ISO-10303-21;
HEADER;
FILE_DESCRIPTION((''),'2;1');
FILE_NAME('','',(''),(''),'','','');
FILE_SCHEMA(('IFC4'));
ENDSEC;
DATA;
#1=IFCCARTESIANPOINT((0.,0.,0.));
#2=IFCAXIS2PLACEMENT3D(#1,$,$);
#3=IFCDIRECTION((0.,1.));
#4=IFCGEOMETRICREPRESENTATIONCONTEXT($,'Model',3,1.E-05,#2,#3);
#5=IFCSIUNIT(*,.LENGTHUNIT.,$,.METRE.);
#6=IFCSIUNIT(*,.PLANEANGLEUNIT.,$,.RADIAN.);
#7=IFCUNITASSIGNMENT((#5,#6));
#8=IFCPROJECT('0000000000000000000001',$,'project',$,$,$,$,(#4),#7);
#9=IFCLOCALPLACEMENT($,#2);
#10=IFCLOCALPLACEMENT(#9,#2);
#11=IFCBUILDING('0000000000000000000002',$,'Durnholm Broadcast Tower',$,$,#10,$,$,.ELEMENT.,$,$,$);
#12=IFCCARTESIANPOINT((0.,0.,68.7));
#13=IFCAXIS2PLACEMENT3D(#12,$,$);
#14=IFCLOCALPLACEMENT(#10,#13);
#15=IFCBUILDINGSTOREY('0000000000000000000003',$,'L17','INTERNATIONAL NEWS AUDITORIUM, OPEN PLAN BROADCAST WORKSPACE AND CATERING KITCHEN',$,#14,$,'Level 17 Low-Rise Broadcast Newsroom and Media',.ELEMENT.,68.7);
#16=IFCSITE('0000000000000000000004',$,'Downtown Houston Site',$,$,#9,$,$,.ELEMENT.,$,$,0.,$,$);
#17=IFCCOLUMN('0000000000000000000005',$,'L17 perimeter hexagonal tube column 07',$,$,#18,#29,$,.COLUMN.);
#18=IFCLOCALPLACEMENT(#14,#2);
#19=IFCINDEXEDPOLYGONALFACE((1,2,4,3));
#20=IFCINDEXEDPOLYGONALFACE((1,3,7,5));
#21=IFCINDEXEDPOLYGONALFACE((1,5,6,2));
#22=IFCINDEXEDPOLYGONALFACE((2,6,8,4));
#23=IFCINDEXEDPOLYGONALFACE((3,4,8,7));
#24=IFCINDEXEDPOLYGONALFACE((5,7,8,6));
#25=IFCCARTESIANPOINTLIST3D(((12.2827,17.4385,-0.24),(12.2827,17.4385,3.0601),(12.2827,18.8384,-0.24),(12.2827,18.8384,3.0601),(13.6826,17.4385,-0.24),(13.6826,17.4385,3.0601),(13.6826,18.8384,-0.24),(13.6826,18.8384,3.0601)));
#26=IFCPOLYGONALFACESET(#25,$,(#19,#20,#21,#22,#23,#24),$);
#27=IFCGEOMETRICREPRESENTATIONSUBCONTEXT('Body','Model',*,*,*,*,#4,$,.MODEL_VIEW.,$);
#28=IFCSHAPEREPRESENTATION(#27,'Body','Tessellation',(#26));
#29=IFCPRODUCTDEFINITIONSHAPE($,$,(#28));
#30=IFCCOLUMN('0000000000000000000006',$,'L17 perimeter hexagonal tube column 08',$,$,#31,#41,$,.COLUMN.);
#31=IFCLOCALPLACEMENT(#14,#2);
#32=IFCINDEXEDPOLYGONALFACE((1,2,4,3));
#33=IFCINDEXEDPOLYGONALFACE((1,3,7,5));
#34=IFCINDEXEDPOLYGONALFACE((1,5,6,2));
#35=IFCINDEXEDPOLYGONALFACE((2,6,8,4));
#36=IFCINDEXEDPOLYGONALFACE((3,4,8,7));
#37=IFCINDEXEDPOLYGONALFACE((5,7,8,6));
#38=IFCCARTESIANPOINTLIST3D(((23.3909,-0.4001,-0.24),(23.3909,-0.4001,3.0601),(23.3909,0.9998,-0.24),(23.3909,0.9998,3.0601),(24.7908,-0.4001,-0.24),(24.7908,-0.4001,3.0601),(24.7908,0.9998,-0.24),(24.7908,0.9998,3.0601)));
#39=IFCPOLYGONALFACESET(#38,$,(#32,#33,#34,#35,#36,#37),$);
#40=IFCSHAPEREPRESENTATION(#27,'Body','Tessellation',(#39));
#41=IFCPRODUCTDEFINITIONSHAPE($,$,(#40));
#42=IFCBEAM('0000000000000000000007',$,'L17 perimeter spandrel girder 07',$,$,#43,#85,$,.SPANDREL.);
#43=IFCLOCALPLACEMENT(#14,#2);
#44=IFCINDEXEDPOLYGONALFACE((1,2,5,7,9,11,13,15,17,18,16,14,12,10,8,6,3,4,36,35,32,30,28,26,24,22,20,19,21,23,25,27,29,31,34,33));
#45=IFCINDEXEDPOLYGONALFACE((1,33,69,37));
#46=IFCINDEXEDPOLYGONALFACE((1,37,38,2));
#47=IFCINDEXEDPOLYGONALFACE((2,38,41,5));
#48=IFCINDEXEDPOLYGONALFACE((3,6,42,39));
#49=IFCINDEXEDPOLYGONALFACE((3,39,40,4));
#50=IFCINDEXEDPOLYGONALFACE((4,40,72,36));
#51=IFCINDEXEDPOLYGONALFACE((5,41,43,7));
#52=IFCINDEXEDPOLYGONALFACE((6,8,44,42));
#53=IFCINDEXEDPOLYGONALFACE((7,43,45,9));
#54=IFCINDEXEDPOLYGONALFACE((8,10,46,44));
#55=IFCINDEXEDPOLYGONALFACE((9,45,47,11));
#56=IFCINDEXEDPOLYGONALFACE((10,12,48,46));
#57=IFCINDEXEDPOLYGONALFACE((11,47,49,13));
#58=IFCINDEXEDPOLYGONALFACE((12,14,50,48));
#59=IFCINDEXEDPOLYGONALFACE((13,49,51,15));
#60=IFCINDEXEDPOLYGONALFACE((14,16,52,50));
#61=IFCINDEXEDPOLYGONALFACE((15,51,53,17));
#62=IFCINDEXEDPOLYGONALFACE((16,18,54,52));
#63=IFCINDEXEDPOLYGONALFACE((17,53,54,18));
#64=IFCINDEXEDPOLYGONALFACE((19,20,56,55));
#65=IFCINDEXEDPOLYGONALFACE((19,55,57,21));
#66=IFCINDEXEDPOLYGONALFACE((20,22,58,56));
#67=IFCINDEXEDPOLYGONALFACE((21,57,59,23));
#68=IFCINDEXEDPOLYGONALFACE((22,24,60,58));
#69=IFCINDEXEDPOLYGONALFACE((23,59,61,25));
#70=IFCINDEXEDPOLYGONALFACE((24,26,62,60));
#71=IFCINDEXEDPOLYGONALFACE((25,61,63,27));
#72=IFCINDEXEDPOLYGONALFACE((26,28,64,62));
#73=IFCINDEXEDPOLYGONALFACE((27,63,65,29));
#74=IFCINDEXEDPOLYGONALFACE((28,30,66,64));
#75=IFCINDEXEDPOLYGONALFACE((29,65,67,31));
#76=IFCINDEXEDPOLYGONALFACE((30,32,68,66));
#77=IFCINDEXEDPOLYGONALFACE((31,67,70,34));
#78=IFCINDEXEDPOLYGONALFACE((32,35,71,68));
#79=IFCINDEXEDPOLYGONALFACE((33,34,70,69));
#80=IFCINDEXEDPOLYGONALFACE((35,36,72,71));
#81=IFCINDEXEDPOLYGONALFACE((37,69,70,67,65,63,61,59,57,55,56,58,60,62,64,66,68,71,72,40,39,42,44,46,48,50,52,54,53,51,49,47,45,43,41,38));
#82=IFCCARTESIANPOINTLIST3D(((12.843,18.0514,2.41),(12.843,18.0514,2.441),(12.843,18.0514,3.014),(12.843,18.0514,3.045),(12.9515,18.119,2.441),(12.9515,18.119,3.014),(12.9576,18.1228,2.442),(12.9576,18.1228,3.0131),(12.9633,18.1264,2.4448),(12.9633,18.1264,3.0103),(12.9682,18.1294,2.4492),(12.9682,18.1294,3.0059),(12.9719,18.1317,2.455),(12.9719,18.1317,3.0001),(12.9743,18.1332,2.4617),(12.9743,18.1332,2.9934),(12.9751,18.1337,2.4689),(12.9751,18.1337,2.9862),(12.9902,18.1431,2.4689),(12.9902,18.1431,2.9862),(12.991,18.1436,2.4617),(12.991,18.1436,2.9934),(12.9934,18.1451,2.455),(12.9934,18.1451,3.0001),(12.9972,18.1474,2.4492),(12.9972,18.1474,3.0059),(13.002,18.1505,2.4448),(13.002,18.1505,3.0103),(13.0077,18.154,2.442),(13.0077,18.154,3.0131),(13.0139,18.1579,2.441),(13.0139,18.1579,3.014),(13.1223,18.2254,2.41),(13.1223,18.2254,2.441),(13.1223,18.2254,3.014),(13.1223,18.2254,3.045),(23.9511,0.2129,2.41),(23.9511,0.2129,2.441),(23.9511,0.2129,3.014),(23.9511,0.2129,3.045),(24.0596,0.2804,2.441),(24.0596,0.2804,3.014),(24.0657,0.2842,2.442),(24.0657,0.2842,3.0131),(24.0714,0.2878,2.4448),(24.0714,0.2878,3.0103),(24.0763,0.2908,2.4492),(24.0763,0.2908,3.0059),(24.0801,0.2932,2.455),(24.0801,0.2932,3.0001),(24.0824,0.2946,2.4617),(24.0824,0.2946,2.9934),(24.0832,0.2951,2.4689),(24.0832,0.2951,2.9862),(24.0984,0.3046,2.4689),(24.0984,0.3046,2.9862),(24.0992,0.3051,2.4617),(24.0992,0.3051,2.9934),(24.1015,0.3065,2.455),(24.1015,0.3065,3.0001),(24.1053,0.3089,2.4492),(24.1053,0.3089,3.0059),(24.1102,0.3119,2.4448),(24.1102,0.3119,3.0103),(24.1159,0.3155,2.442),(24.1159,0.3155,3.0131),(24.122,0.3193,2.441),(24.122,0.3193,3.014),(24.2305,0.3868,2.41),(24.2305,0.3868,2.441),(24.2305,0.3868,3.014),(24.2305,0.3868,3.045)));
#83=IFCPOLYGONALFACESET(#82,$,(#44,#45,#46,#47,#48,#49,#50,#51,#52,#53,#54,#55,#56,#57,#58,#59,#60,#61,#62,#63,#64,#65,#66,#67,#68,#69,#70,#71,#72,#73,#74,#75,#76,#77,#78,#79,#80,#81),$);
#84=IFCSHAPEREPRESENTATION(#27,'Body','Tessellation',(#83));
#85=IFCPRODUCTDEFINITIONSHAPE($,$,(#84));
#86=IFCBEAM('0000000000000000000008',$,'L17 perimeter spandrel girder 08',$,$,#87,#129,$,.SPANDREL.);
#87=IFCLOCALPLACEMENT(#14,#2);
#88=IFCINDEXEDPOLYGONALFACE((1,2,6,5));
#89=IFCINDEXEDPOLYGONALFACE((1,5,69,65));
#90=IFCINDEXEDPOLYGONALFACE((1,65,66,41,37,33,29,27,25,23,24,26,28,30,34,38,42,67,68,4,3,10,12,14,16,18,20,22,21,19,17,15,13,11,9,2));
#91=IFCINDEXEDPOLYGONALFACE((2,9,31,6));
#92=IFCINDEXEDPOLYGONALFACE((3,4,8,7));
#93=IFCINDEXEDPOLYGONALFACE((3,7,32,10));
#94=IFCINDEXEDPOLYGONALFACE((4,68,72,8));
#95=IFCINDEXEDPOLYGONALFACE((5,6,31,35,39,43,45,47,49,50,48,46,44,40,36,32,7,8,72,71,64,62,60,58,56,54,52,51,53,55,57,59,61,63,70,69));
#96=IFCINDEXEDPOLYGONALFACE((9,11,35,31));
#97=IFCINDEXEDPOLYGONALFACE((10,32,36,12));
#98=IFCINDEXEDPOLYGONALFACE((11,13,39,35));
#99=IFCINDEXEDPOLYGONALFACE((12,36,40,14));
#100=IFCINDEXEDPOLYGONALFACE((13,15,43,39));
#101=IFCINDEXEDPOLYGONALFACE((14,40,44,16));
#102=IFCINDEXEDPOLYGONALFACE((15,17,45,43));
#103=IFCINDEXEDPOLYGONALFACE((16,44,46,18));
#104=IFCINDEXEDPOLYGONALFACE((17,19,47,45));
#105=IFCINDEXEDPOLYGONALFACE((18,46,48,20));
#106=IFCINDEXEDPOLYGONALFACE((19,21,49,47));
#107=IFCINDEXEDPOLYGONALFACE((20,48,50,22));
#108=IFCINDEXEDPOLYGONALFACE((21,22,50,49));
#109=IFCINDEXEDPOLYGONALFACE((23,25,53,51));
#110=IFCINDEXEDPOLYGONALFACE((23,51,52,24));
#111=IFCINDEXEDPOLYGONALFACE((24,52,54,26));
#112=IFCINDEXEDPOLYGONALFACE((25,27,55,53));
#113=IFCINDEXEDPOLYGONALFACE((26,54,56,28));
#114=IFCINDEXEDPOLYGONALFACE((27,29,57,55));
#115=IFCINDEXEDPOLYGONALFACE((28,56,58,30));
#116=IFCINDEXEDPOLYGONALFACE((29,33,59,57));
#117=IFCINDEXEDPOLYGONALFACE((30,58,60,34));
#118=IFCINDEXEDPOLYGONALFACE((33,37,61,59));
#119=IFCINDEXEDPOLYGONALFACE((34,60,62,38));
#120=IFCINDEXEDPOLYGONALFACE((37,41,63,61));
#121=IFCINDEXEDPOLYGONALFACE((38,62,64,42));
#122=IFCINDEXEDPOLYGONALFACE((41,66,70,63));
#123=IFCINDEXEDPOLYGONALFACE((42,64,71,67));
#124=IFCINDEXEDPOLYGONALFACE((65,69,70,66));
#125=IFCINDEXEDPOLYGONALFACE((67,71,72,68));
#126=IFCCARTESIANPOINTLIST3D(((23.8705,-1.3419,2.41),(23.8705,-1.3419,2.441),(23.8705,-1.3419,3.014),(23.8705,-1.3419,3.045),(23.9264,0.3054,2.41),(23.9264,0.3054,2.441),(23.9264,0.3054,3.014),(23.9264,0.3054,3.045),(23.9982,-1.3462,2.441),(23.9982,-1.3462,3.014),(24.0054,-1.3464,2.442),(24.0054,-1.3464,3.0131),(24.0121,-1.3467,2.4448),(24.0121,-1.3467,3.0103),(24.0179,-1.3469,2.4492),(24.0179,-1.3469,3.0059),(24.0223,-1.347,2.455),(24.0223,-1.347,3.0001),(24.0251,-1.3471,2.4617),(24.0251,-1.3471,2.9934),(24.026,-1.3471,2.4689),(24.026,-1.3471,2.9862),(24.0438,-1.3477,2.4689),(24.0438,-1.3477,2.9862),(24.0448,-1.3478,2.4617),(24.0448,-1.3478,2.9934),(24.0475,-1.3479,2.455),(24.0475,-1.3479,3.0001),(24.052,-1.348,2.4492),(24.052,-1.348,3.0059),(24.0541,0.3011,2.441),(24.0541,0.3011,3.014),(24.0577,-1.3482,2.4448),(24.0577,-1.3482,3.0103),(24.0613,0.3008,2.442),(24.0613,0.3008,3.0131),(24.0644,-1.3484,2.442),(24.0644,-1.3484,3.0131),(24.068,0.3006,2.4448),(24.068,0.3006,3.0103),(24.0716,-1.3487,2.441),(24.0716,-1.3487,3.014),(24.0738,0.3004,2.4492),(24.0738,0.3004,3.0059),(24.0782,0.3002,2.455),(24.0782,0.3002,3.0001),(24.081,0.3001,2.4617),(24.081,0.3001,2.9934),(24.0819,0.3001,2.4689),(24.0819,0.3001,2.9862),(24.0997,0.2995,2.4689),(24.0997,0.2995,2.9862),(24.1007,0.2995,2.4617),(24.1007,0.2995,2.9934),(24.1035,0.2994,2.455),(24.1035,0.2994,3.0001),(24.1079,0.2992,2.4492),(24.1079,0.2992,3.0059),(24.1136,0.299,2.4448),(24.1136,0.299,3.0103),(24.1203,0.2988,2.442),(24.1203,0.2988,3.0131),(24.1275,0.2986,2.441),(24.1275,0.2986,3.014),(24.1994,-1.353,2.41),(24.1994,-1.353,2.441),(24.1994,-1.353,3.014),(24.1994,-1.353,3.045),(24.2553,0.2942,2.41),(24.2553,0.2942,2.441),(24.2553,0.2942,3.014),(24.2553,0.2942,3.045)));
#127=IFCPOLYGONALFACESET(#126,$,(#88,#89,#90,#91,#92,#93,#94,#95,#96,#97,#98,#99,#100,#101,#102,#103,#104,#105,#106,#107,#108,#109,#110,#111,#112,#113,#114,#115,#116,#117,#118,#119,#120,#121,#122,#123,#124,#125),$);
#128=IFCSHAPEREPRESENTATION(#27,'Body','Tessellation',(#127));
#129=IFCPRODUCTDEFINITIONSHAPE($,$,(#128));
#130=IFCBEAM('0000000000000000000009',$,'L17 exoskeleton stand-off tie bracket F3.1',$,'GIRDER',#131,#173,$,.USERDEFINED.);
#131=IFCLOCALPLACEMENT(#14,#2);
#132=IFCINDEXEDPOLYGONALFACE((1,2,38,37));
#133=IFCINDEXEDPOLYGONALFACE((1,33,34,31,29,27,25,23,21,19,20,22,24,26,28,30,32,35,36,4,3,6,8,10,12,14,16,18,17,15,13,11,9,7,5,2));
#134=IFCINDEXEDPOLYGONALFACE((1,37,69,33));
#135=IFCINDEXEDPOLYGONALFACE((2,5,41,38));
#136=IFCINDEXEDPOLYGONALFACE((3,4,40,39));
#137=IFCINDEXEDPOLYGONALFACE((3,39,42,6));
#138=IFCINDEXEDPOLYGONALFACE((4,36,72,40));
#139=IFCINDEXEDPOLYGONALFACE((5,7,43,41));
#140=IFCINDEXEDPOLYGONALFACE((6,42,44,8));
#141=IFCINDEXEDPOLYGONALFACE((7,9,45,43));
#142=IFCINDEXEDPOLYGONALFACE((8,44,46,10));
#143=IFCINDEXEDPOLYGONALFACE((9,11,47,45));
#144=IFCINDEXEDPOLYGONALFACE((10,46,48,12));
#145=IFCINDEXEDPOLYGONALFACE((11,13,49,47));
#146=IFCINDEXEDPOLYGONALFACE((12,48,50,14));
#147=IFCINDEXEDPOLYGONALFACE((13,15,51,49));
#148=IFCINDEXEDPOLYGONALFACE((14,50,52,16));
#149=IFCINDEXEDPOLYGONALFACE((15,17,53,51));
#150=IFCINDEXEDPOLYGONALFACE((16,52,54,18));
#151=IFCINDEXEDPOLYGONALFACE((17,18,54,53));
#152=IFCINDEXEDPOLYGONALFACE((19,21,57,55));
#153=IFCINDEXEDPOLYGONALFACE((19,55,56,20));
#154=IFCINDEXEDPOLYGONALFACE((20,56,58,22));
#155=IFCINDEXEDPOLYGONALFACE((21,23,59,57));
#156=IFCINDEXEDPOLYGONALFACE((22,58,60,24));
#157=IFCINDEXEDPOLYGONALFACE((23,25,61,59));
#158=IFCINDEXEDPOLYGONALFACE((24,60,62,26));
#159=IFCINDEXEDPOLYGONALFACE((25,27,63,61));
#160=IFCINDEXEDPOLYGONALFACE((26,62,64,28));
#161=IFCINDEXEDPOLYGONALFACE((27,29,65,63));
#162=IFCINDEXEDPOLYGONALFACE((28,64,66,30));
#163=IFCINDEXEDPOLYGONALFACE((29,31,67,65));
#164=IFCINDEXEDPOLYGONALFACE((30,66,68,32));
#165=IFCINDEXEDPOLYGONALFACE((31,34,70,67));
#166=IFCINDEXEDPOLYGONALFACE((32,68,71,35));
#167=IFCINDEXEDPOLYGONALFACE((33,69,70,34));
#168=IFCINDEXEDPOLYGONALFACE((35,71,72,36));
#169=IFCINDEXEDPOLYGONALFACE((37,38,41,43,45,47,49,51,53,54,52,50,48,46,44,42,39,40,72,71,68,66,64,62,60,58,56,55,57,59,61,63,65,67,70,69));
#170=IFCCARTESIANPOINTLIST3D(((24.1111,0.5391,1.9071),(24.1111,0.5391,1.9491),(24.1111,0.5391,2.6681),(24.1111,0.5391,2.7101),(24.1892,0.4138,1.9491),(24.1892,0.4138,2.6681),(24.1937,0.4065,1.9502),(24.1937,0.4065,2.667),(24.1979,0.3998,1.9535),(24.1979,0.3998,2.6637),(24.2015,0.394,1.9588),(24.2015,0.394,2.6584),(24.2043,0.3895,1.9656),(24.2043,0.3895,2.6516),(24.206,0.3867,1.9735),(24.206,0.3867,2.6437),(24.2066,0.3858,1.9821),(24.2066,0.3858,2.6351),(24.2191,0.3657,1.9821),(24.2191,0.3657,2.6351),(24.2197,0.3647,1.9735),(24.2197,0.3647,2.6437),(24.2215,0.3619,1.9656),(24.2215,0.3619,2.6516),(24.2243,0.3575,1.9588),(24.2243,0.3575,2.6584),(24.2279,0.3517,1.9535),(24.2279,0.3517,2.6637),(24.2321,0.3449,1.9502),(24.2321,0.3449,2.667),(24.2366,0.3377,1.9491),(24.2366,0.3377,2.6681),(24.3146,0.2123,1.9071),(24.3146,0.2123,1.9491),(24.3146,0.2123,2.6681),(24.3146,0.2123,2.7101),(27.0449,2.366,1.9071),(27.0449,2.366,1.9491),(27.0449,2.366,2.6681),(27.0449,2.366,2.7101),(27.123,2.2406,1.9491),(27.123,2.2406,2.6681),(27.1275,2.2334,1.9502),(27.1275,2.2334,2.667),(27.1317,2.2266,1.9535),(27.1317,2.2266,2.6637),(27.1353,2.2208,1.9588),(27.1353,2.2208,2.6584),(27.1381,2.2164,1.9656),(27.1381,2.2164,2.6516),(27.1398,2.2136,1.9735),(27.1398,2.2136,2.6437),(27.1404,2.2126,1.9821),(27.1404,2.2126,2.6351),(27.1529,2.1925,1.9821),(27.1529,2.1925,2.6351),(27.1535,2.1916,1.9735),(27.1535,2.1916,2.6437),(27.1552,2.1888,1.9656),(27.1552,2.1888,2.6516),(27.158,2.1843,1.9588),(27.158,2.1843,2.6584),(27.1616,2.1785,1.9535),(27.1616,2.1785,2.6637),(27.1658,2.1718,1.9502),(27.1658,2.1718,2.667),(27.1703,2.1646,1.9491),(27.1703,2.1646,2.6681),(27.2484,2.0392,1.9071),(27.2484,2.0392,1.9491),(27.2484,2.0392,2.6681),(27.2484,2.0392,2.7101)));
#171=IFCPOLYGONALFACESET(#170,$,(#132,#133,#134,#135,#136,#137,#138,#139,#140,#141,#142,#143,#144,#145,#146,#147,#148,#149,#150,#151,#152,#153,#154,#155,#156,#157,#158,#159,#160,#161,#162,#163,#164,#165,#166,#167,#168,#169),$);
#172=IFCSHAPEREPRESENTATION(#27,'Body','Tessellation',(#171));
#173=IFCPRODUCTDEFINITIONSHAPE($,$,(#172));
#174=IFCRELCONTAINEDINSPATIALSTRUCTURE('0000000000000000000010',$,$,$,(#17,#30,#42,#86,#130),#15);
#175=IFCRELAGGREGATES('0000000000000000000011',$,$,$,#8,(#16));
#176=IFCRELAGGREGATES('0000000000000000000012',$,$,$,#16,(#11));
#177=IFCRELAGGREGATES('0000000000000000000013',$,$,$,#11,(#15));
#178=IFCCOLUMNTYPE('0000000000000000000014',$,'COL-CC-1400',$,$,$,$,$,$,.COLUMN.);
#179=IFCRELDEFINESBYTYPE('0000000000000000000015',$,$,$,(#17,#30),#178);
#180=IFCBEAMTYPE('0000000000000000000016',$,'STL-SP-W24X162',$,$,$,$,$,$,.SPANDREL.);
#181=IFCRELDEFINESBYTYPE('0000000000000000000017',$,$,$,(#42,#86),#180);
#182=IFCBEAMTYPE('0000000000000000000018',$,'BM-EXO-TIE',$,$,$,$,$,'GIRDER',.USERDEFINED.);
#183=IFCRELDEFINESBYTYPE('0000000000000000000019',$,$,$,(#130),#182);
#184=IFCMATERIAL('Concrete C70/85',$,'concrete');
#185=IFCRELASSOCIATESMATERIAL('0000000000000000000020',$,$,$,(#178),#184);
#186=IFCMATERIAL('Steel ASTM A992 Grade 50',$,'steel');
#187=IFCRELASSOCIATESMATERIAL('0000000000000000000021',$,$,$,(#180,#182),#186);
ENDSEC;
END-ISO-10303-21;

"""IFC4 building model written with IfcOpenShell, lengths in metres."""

from ifc_helpers import new_model, si_unit, direction, frame, origin, origin_2d, place, context, subcontext, project, spatial, rectangle, i_section, extrude, source, transform, mapped, material, material_profile, profile_set, type_object, type_shapes, element, save


model = new_model("IFC4")

# Units and contexts
model_context = context("Model", 3, precision=1e-05, world=origin(), true_north=direction((0.0, 1.0)))
body_context = subcontext(model_context, "Body", "Model", "MODEL_VIEW")
ifc_project = project(units=[si_unit("LENGTHUNIT", "METRE"), si_unit("PLANEANGLEUNIT", "RADIAN")], contexts=[model_context])

# Site, building, storey
site_placement = place(None, origin())
site = spatial("IfcSite", under=ifc_project, at=site_placement, Name="Downtown Houston Site", CompositionType="ELEMENT", RefElevation=0.0)
building_placement = place(site_placement, origin())
building = spatial("IfcBuilding", under=site, at=building_placement, Name="Durnholm Broadcast Tower", CompositionType="ELEMENT")
storey_placement = place(building_placement, frame((0.0, 0.0, 68.7)))
storey = spatial("IfcBuildingStorey", under=building, at=storey_placement, Name="L17", Description="INTERNATIONAL NEWS AUDITORIUM, OPEN PLAN BROADCAST WORKSPACE AND CATERING KITCHEN", LongName="Level 17 Low-Rise Broadcast Newsroom and Media", CompositionType="ELEMENT", Elevation=68.7)

# Columns
ifc_material_1 = material(Name="Concrete C70/85", Category="concrete")
ifc_material_profile_1 = material_profile(ifc_material_1, rectangle(XDim=1.3999, YDim=1.3999, at=origin_2d()), Name="RC1400X1400")
ifc_profile_set_1 = profile_set([ifc_material_profile_1], Name="Concrete C70/85")
column_type = type_object("IfcColumnType", Name="COL-CC-1400", PredefinedType="COLUMN", material=ifc_profile_set_1)
shared_shape_1 = source(origin(), body_context, "Body", "SweptSolid", [
    extrude(rectangle(XDim=1.3999, YDim=1.3999, at=origin_2d()), origin(), (0.0, 0.0, 1.0), 3.3),
])
type_shapes(column_type, [shared_shape_1])
for number, where, z_axis, x_axis, name in (
    (1, (12.9827, 18.1384, -0.24), (0.0, 0.0, 1.0), (1.0, 0.0, 0.0), "L17 perimeter hexagonal tube column 07"),
    (2, (24.0908, 0.2998, -0.24), (0.0, 0.0, 1.0), (1.0, 0.0, 0.0), "L17 perimeter hexagonal tube column 08"),
):
    element("IfcColumn", number, at=place(storey_placement, frame(where, z_axis=z_axis, x_axis=x_axis)), inside=storey, type_object=column_type, Name=name, PredefinedType="COLUMN", context=body_context, shape_type="MappedRepresentation", body=[
        mapped(shared_shape_1, transform((0.0, 0.0, 0.0), x_axis=(1.0, 0.0, 0.0), y_axis=(0.0, 1.0, 0.0), z_axis=(0.0, 0.0, 1.0), scale=1.0)),
    ])

# Beams
ifc_material_2 = material(Name="Steel ASTM A992 Grade 50", Category="steel")
ifc_material_profile_2 = material_profile(ifc_material_2, i_section(OverallWidth=0.3291, OverallDepth=0.635, WebThickness=0.0178, FlangeThickness=0.031, FilletRadius=0.0278, at=origin_2d()), Name="W24X162")
ifc_profile_set_2 = profile_set([ifc_material_profile_2], Name="Steel ASTM A992 Grade 50")
beam_type_1 = type_object("IfcBeamType", Name="STL-SP-W24X162", PredefinedType="SPANDREL", material=ifc_profile_set_2)
shared_shape_2 = source(origin(), body_context, "Body", "SweptSolid", [
    extrude(i_section(OverallWidth=0.3291, OverallDepth=0.635, WebThickness=0.0178, FlangeThickness=0.031, FilletRadius=0.0278, at=origin_2d()), origin(), (0.0, 0.0, 1.0), 21.0144),
])
beam_1_placement = place(storey_placement, frame((12.9827, 18.1384, 2.7275), z_axis=(0.528596, -0.848874, 0.0), x_axis=(0.848874, 0.528596, 0.0)))
element("IfcBeam", 3, at=beam_1_placement, inside=storey, type_object=beam_type_1, Name="L17 perimeter spandrel girder 07", PredefinedType="SPANDREL", context=body_context, shape_type="MappedRepresentation", body=[
    mapped(shared_shape_2, transform((0.0, 0.0, 0.0), x_axis=(1.0, 0.0, 0.0), y_axis=(0.0, 1.0, 0.0), z_axis=(0.0, 0.0, 1.0), scale=1.0)),
])
shared_shape_3 = source(origin(), body_context, "Body", "SweptSolid", [
    extrude(i_section(OverallWidth=0.3291, OverallDepth=0.635, WebThickness=0.0178, FlangeThickness=0.031, FilletRadius=0.0278, at=origin_2d()), origin(), (0.0, 0.0, 1.0), 1.6482),
])
type_shapes(beam_type_1, [shared_shape_2, shared_shape_3])
beam_2_placement = place(storey_placement, frame((24.0908, 0.2998, 2.7275), z_axis=(-0.033921, -0.999425, 0.0), x_axis=(0.999425, -0.033921, 0.0)))
element("IfcBeam", 4, at=beam_2_placement, inside=storey, type_object=beam_type_1, Name="L17 perimeter spandrel girder 08", PredefinedType="SPANDREL", context=body_context, shape_type="MappedRepresentation", body=[
    mapped(shared_shape_3, transform((0.0, 0.0, 0.0), x_axis=(1.0, 0.0, 0.0), y_axis=(0.0, 1.0, 0.0), z_axis=(0.0, 0.0, 1.0), scale=1.0)),
])
ifc_material_profile_3 = material_profile(ifc_material_2, i_section(OverallWidth=0.385, OverallDepth=0.803, WebThickness=0.0237, FlangeThickness=0.042, FilletRadius=0.033, at=origin_2d()), Name="W30X261")
ifc_profile_set_3 = profile_set([ifc_material_profile_3], Name="Steel ASTM A992 Grade 50")
beam_type_2 = type_object("IfcBeamType", Name="BM-EXO-TIE", ElementType="GIRDER", PredefinedType="USERDEFINED", material=ifc_profile_set_3)
shared_shape_4 = source(origin(), body_context, "Body", "SweptSolid", [
    extrude(i_section(OverallWidth=0.385, OverallDepth=0.803, WebThickness=0.0237, FlangeThickness=0.042, FilletRadius=0.033, at=origin_2d()), origin(), (0.0, 0.0, 1.0), 3.4561),
])
for number, where, z_axis, x_axis, name in (
    (5, (24.2129, 0.3757, 2.3086), (0.848874, 0.528595, 0.0), (-0.528595, 0.848874, 0.0), "L17 exoskeleton stand-off tie bracket F3.1"),
):
    element("IfcBeam", number, at=place(storey_placement, frame(where, z_axis=z_axis, x_axis=x_axis)), inside=storey, type_object=beam_type_2, Name=name, ObjectType="GIRDER", PredefinedType="USERDEFINED", context=body_context, shape_type="MappedRepresentation", body=[
        mapped(shared_shape_4, transform((0.0, 0.0, 0.0), x_axis=(1.0, 0.0, 0.0), y_axis=(0.0, 1.0, 0.0), z_axis=(0.0, 0.0, 1.0), scale=1.0)),
    ])

save(model, "model.ifc")
